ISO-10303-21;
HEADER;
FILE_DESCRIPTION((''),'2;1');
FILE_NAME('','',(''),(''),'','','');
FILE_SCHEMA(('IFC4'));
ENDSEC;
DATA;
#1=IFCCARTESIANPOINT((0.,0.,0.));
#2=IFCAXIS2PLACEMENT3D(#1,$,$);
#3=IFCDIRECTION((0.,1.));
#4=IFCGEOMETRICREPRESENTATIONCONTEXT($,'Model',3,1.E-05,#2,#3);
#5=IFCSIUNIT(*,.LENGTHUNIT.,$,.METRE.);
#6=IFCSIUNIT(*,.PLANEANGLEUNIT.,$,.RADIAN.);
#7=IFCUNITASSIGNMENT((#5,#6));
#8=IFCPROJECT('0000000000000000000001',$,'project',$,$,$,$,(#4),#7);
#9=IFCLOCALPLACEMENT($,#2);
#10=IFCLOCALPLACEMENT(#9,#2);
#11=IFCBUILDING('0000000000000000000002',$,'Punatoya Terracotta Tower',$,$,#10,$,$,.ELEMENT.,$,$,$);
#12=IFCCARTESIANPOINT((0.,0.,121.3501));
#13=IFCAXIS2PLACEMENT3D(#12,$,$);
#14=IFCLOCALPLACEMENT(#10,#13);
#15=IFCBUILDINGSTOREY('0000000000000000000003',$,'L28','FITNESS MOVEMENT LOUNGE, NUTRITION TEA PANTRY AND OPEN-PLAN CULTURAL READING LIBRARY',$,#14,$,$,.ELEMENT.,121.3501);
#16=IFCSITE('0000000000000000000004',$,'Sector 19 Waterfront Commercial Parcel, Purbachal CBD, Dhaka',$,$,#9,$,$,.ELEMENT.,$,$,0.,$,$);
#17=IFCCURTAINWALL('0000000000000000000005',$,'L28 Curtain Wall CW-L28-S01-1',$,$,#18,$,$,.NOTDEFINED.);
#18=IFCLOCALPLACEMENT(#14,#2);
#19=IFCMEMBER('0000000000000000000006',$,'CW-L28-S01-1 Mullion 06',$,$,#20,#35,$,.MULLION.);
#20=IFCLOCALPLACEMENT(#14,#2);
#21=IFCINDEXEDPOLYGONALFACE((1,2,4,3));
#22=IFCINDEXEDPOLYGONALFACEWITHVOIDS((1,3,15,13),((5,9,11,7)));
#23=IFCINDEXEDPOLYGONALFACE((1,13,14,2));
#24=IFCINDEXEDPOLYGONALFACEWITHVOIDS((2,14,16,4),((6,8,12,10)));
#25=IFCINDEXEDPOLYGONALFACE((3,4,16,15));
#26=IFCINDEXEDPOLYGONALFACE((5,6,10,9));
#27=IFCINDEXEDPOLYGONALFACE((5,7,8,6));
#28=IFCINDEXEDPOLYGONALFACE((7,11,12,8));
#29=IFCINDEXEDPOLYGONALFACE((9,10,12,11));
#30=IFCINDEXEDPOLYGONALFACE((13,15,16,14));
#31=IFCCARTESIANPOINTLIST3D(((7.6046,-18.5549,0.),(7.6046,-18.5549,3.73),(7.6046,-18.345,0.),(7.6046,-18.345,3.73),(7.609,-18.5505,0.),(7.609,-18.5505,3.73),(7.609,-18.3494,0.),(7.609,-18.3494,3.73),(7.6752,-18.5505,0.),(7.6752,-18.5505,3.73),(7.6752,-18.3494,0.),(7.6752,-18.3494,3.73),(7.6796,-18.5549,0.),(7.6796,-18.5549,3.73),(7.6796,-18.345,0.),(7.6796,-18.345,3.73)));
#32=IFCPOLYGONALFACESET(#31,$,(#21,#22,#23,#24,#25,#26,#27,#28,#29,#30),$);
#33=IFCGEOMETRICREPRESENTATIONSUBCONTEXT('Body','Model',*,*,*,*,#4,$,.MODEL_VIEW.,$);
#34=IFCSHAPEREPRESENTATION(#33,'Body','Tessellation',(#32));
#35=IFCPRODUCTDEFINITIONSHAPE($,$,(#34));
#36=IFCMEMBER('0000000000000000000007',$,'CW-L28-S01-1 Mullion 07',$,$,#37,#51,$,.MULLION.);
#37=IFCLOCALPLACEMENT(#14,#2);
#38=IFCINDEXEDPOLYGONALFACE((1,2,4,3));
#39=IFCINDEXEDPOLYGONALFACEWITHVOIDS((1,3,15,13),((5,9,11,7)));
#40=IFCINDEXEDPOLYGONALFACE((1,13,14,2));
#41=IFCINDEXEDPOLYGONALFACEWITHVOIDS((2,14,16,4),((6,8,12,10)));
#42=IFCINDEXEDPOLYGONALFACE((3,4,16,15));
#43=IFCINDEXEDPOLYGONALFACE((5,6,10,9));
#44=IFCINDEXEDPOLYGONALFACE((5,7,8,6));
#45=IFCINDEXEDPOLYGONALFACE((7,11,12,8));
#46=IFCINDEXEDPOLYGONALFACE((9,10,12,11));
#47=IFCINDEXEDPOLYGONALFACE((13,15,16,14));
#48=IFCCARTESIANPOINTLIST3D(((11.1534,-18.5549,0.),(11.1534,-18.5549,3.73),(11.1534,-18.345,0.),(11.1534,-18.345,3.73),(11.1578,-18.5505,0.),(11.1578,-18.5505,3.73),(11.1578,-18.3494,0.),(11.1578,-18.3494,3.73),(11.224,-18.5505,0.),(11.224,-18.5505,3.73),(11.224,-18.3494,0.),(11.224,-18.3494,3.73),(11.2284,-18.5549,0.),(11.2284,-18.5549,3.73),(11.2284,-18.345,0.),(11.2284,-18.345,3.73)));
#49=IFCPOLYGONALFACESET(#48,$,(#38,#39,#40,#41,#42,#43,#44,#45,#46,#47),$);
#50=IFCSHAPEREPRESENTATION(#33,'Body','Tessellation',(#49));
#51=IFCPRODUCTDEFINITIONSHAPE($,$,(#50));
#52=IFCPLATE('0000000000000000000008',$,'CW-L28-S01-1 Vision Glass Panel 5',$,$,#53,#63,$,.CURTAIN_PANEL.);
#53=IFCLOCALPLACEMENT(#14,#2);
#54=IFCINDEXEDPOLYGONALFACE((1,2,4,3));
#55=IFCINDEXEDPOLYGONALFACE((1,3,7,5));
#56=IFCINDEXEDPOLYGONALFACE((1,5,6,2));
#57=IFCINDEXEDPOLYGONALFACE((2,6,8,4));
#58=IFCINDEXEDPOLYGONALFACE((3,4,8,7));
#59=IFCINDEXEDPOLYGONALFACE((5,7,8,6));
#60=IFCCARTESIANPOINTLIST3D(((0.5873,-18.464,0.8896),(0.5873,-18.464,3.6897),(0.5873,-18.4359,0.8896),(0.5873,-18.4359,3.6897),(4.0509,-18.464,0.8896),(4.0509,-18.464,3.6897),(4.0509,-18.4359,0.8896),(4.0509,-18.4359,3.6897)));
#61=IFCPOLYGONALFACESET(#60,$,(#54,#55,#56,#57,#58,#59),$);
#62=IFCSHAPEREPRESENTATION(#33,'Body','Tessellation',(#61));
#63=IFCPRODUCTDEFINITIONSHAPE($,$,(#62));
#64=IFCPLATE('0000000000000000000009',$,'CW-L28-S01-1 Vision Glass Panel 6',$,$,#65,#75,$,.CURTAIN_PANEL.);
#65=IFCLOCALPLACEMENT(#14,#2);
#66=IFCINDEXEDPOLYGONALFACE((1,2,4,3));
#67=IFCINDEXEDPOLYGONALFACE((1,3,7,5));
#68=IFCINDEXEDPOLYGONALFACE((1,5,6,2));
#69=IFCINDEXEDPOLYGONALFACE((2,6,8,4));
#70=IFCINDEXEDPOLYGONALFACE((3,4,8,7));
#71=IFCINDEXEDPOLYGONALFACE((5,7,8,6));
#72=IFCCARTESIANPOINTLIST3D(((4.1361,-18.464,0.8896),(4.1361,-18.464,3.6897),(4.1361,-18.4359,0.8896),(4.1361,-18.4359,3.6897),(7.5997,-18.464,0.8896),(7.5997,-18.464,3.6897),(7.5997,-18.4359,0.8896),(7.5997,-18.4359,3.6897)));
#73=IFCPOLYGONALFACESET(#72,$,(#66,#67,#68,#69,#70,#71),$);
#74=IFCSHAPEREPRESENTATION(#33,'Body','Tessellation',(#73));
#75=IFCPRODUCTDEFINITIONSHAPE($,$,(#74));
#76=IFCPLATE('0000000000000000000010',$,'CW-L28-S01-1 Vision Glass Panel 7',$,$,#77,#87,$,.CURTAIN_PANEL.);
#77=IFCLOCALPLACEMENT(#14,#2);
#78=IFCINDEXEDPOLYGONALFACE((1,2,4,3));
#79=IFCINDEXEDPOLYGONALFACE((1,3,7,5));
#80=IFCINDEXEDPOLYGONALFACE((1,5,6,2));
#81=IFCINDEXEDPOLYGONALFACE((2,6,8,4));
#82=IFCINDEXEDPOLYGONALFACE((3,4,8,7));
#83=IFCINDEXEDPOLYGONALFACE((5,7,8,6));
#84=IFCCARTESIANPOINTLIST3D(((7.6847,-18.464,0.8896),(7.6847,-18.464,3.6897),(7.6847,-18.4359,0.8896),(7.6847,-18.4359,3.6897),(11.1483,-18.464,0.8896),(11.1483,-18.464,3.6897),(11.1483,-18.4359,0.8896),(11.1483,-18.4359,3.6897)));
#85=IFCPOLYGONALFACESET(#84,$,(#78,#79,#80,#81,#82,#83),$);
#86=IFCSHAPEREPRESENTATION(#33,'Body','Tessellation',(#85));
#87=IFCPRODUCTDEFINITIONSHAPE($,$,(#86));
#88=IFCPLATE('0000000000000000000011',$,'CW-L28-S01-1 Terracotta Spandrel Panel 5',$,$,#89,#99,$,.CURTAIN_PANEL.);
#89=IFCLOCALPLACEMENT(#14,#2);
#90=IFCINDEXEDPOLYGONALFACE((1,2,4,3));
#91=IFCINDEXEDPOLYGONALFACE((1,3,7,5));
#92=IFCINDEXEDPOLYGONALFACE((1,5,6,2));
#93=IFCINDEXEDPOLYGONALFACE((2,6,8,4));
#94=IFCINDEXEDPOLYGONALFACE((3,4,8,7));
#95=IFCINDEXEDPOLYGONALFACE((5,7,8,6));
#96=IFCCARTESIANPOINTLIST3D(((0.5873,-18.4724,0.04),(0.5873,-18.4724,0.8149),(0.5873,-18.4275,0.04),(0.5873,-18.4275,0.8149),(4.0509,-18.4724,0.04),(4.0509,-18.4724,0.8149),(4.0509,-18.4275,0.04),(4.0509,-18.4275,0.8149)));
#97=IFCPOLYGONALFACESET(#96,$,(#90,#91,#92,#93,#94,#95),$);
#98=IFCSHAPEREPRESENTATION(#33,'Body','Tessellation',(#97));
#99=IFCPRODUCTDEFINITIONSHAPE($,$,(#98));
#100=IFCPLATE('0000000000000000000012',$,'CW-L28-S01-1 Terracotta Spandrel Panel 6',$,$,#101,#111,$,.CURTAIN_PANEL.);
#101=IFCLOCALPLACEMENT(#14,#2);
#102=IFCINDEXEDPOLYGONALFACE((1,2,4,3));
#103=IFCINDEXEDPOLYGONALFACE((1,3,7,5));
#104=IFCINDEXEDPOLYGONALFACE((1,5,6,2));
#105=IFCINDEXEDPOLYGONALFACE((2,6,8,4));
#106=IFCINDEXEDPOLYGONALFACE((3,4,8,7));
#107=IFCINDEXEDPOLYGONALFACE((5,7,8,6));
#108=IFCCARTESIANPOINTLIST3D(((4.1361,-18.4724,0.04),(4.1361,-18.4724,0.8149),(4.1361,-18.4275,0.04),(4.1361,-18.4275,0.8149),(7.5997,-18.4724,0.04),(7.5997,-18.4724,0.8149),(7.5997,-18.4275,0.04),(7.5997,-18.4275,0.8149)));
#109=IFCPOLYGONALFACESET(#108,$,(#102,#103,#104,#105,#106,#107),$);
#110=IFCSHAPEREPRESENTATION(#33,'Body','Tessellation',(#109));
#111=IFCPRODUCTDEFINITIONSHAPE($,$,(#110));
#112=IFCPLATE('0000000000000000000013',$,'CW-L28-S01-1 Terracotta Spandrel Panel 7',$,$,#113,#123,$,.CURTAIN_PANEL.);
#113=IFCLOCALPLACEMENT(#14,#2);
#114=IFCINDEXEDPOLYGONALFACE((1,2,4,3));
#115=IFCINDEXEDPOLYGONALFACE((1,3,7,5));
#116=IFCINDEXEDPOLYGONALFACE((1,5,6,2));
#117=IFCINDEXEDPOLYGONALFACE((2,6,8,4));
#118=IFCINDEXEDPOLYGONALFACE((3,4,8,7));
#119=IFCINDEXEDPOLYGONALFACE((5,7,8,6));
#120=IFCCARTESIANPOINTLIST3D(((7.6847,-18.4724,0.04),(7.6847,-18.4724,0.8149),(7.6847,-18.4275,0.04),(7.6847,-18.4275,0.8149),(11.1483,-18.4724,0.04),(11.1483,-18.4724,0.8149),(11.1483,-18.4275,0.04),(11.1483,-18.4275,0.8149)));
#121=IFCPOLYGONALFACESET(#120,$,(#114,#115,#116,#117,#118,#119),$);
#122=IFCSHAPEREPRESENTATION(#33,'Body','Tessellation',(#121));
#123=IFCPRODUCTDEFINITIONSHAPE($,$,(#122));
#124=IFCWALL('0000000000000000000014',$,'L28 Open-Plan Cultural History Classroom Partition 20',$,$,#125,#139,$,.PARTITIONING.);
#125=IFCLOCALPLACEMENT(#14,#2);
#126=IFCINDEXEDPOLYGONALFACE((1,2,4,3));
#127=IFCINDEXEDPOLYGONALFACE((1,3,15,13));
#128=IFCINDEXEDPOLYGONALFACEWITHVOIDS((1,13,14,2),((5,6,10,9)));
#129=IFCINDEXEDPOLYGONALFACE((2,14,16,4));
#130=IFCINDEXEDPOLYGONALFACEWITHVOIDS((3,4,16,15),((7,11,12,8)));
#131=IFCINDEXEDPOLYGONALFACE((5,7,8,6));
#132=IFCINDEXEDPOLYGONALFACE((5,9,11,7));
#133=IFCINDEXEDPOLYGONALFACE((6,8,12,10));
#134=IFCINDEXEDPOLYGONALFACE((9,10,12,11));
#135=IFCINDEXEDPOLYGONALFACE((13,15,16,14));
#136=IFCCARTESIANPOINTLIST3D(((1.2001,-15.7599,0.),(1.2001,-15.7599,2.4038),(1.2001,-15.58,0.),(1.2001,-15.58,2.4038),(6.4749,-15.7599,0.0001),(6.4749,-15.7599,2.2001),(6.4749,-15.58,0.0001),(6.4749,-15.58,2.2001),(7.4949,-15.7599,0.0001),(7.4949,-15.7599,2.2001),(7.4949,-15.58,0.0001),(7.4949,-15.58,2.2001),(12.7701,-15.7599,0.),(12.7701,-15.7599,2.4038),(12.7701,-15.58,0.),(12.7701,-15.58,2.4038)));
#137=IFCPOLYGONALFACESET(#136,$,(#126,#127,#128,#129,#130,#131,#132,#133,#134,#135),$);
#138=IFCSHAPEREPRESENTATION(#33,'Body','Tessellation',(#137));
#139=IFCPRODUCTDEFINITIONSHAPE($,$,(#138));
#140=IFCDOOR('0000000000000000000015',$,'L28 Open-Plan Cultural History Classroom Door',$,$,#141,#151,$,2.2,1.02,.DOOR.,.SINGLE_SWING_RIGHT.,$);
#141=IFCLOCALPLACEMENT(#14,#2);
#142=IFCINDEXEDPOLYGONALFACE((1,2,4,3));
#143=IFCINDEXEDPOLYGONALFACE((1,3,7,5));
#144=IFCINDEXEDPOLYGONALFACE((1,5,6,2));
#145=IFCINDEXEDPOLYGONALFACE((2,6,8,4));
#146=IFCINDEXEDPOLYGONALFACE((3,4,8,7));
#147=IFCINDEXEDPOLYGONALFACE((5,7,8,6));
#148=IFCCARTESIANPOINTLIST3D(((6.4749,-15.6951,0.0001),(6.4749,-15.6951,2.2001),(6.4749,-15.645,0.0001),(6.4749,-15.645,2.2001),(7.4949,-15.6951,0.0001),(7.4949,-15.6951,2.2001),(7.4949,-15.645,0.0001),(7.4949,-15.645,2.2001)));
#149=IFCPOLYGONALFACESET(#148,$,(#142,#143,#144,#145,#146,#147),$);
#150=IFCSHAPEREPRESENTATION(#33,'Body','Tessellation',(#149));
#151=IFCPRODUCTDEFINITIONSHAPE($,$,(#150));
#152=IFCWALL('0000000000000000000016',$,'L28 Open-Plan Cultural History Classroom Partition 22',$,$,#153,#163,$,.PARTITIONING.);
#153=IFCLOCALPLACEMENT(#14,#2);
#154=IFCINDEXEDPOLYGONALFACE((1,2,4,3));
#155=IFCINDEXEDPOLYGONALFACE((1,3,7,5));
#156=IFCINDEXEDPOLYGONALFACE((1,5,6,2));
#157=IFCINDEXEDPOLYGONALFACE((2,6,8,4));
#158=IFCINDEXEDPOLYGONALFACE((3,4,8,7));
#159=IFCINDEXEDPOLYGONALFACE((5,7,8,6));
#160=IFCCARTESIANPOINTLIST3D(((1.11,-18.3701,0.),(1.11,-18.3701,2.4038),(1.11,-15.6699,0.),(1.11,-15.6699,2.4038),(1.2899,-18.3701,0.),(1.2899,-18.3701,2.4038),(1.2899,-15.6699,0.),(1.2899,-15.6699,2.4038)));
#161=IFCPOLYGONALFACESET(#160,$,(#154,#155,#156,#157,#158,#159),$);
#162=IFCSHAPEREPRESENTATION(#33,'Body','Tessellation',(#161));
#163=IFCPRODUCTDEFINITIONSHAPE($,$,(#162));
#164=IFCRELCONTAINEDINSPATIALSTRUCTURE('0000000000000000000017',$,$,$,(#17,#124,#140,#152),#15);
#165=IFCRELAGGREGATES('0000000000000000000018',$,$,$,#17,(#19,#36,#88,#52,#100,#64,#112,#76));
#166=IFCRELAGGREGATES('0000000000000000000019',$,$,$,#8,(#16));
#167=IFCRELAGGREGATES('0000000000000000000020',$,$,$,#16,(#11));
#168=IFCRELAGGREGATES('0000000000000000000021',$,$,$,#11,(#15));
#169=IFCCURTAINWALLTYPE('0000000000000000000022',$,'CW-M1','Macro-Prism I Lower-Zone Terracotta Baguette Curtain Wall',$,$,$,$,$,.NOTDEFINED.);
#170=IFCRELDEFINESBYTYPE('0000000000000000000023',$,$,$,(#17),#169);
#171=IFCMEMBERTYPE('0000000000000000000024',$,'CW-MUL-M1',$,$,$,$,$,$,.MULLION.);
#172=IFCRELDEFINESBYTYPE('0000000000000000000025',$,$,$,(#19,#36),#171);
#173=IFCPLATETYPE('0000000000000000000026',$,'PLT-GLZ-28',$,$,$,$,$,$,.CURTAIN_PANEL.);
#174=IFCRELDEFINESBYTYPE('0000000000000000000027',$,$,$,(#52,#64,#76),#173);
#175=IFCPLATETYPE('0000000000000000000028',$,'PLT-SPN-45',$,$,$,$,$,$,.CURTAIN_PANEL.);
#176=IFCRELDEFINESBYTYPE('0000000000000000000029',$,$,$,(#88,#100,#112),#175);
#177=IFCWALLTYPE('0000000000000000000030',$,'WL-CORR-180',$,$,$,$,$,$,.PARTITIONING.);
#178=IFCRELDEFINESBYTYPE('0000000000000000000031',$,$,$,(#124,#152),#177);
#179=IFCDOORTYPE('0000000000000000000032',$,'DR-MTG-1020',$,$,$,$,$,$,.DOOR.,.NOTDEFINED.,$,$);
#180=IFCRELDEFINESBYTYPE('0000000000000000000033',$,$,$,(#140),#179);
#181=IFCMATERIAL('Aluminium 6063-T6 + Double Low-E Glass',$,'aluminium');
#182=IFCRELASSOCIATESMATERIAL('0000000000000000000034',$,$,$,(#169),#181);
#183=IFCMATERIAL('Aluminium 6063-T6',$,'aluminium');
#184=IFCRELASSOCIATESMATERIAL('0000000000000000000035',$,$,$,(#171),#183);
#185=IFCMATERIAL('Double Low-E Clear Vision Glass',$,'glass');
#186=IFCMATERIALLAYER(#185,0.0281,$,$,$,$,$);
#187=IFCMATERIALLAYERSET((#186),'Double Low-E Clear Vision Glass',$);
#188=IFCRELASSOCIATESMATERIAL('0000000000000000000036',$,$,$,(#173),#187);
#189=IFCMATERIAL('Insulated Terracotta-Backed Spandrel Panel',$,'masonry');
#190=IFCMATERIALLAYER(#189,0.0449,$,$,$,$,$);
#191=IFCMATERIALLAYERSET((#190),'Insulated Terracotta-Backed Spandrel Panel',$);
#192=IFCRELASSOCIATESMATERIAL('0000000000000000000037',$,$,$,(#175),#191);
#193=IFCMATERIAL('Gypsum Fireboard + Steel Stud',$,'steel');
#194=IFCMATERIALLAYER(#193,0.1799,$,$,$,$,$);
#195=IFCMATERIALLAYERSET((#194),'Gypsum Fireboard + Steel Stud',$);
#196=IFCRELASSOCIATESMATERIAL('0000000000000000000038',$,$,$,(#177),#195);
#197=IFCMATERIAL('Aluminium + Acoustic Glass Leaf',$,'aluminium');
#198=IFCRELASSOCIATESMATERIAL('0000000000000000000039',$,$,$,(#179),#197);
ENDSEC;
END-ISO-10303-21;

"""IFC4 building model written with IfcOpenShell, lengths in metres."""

from ifc_helpers import new_model, si_unit, direction, frame, frame_2d, origin, origin_2d, place, context, subcontext, project, spatial, rectangle, hollow_rectangle, extrude, material, layer, layer_set, material_profile, profile_set, type_object, element, fill, aggregate, save


model = new_model("IFC4")

# Units and contexts
model_context = context("Model", 3, precision=1e-05, world=origin(), true_north=direction((0.0, 1.0)))
body_context = subcontext(model_context, "Body", "Model", "MODEL_VIEW")
ifc_project = project(units=[si_unit("LENGTHUNIT", "METRE"), si_unit("PLANEANGLEUNIT", "RADIAN")], contexts=[model_context])

# Site, building, storey
site_placement = place(None, origin())
site = spatial("IfcSite", under=ifc_project, at=site_placement, Name="Sector 19 Waterfront Commercial Parcel, Purbachal CBD, Dhaka", CompositionType="ELEMENT", RefElevation=0.0)
building_placement = place(site_placement, origin())
building = spatial("IfcBuilding", under=site, at=building_placement, Name="Punatoya Terracotta Tower", CompositionType="ELEMENT")
storey_placement = place(building_placement, frame((0.0, 0.0, 121.3501)))
storey = spatial("IfcBuildingStorey", under=building, at=storey_placement, Name="L28", Description="FITNESS MOVEMENT LOUNGE, NUTRITION TEA PANTRY AND OPEN-PLAN CULTURAL READING LIBRARY", CompositionType="ELEMENT", Elevation=121.3501)

# Curtain wall, members, plates
ifc_material_1 = material(Name="Aluminium 6063-T6 + Double Low-E Glass", Category="aluminium")
curtain_wall_type = type_object("IfcCurtainWallType", Name="CW-M1", Description="Macro-Prism I Lower-Zone Terracotta Baguette Curtain Wall", PredefinedType="NOTDEFINED", material=ifc_material_1)
curtain_wall_placement = place(storey_placement, origin())
curtain_wall = element("IfcCurtainWall", 1, at=curtain_wall_placement, inside=storey, type_object=curtain_wall_type, Name="L28 Curtain Wall CW-L28-S01-1", PredefinedType="NOTDEFINED")
ifc_material_2 = material(Name="Aluminium 6063-T6", Category="aluminium")
ifc_material_profile_1 = material_profile(ifc_material_2, hollow_rectangle(XDim=0.075, YDim=0.21, WallThickness=0.0044, at=origin_2d()))
ifc_profile_set_1 = profile_set([ifc_material_profile_1], Name="Aluminium 6063-T6")
member_type = type_object("IfcMemberType", Name="CW-MUL-M1", PredefinedType="MULLION", material=ifc_profile_set_1)
member_1_placement = place(storey_placement, frame((7.6421, -18.45, 0.0), z_axis=(0.0, 0.0, 1.0), x_axis=(1.0, 0.0, 0.0)))
member_1 = element("IfcMember", 2, at=member_1_placement, type_object=member_type, Name="CW-L28-S01-1 Mullion 06", PredefinedType="MULLION", context=body_context, shape_type="SweptSolid", body=[
    extrude(hollow_rectangle(XDim=0.075, YDim=0.21, WallThickness=0.0044, at=origin_2d()), origin(), (0.0, 0.0, 1.0), 3.73),
])
member_2_placement = place(storey_placement, frame((11.1909, -18.45, 0.0), z_axis=(0.0, 0.0, 1.0), x_axis=(1.0, 0.0, 0.0)))
member_2 = element("IfcMember", 3, at=member_2_placement, type_object=member_type, Name="CW-L28-S01-1 Mullion 07", PredefinedType="MULLION", context=body_context, shape_type="SweptSolid", body=[
    extrude(hollow_rectangle(XDim=0.075, YDim=0.21, WallThickness=0.0044, at=origin_2d()), origin(), (0.0, 0.0, 1.0), 3.73),
])
ifc_material_3 = material(Name="Double Low-E Clear Vision Glass", Category="glass")
ifc_layer_1 = layer(ifc_material_3, 0.0281)
ifc_layer_set_1 = layer_set([ifc_layer_1], Name="Double Low-E Clear Vision Glass")
plate_type_1 = type_object("IfcPlateType", Name="PLT-GLZ-28", PredefinedType="CURTAIN_PANEL", material=ifc_layer_set_1)
plate_1_placement = place(storey_placement, frame((2.3191, -18.45, 0.8896), z_axis=(0.0, 0.0, 1.0), x_axis=(1.0, 0.0, 0.0)))
plate_1 = element("IfcPlate", 4, at=plate_1_placement, type_object=plate_type_1, Name="CW-L28-S01-1 Vision Glass Panel 5", PredefinedType="CURTAIN_PANEL", context=body_context, shape_type="SweptSolid", body=[
    extrude(rectangle(XDim=3.4636, YDim=0.0281, at=origin_2d()), origin(), (0.0, 0.0, 1.0), 2.8),
])
plate_2_placement = place(storey_placement, frame((5.8679, -18.45, 0.8896), z_axis=(0.0, 0.0, 1.0), x_axis=(1.0, 0.0, 0.0)))
plate_2 = element("IfcPlate", 5, at=plate_2_placement, type_object=plate_type_1, Name="CW-L28-S01-1 Vision Glass Panel 6", PredefinedType="CURTAIN_PANEL", context=body_context, shape_type="SweptSolid", body=[
    extrude(rectangle(XDim=3.4636, YDim=0.0281, at=origin_2d()), origin(), (0.0, 0.0, 1.0), 2.8),
])
plate_3_placement = place(storey_placement, frame((9.4165, -18.45, 0.8896), z_axis=(0.0, 0.0, 1.0), x_axis=(1.0, 0.0, 0.0)))
plate_3 = element("IfcPlate", 6, at=plate_3_placement, type_object=plate_type_1, Name="CW-L28-S01-1 Vision Glass Panel 7", PredefinedType="CURTAIN_PANEL", context=body_context, shape_type="SweptSolid", body=[
    extrude(rectangle(XDim=3.4636, YDim=0.0281, at=origin_2d()), origin(), (0.0, 0.0, 1.0), 2.8),
])
ifc_material_4 = material(Name="Insulated Terracotta-Backed Spandrel Panel", Category="masonry")
ifc_layer_2 = layer(ifc_material_4, 0.0449)
ifc_layer_set_2 = layer_set([ifc_layer_2], Name="Insulated Terracotta-Backed Spandrel Panel")
plate_type_2 = type_object("IfcPlateType", Name="PLT-SPN-45", PredefinedType="CURTAIN_PANEL", material=ifc_layer_set_2)
plate_4_placement = place(storey_placement, frame((2.3191, -18.45, 0.04), z_axis=(0.0, 0.0, 1.0), x_axis=(1.0, 0.0, 0.0)))
plate_4 = element("IfcPlate", 7, at=plate_4_placement, type_object=plate_type_2, Name="CW-L28-S01-1 Terracotta Spandrel Panel 5", PredefinedType="CURTAIN_PANEL", context=body_context, shape_type="SweptSolid", body=[
    extrude(rectangle(XDim=3.4636, YDim=0.0449, at=origin_2d()), origin(), (0.0, 0.0, 1.0), 0.7749),
])
plate_5_placement = place(storey_placement, frame((5.8679, -18.45, 0.04), z_axis=(0.0, 0.0, 1.0), x_axis=(1.0, 0.0, 0.0)))
plate_5 = element("IfcPlate", 8, at=plate_5_placement, type_object=plate_type_2, Name="CW-L28-S01-1 Terracotta Spandrel Panel 6", PredefinedType="CURTAIN_PANEL", context=body_context, shape_type="SweptSolid", body=[
    extrude(rectangle(XDim=3.4636, YDim=0.0449, at=origin_2d()), origin(), (0.0, 0.0, 1.0), 0.7749),
])
plate_6_placement = place(storey_placement, frame((9.4165, -18.45, 0.04), z_axis=(0.0, 0.0, 1.0), x_axis=(1.0, 0.0, 0.0)))
plate_6 = element("IfcPlate", 9, at=plate_6_placement, type_object=plate_type_2, Name="CW-L28-S01-1 Terracotta Spandrel Panel 7", PredefinedType="CURTAIN_PANEL", context=body_context, shape_type="SweptSolid", body=[
    extrude(rectangle(XDim=3.4636, YDim=0.0449, at=origin_2d()), origin(), (0.0, 0.0, 1.0), 0.7749),
])
aggregate(curtain_wall, [member_1, member_2, plate_4, plate_1, plate_5, plate_2, plate_6, plate_3])

# Wall, opening, door
ifc_material_5 = material(Name="Gypsum Fireboard + Steel Stud", Category="steel")
ifc_layer_3 = layer(ifc_material_5, 0.1799)
ifc_layer_set_3 = layer_set([ifc_layer_3], Name="Gypsum Fireboard + Steel Stud")
wall_type_1 = type_object("IfcWallType", Name="WL-CORR-180", PredefinedType="PARTITIONING", material=ifc_layer_set_3)
wall_1_placement = place(storey_placement, frame((1.2, -15.6699, 0.0), z_axis=(0.0, 0.0, 1.0), x_axis=(1.0, 0.0, 0.0)))
wall_1 = element("IfcWall", 10, at=wall_1_placement, inside=storey, type_object=wall_type_1, Name="L28 Open-Plan Cultural History Classroom Partition 20", PredefinedType="PARTITIONING", context=body_context, shape_type="SweptSolid", body=[
    extrude(rectangle(XDim=11.5701, YDim=0.1799, at=frame_2d((5.7852, 0.0))), origin(), (0.0, 0.0, 1.0), 2.4038),
])
opening_1_placement = place(wall_1_placement, frame((5.2749, 0.0, 0.0)))
opening_1 = element("IfcOpeningElement", 11, at=opening_1_placement, cuts=wall_1, PredefinedType="OPENING", context=body_context, shape_type="SweptSolid", body=[
    extrude(rectangle(XDim=1.02, YDim=2.2, at=frame_2d((0.51, 1.1001))), frame((0.0, 0.0999, 0.0), z_axis=(0.0, -1.0, 0.0), x_axis=(1.0, 0.0, 0.0)), (0.0, 0.0, 1.0), 0.2),
])
ifc_material_6 = material(Name="Aluminium + Acoustic Glass Leaf", Category="aluminium")
door_type_1 = type_object("IfcDoorType", Name="DR-MTG-1020", OperationType="NOTDEFINED", PredefinedType="DOOR", material=ifc_material_6)
door_1_placement = place(opening_1_placement, origin())
door_1 = element("IfcDoor", 12, at=door_1_placement, inside=storey, type_object=door_type_1, Name="L28 Open-Plan Cultural History Classroom Door", OperationType="SINGLE_SWING_RIGHT", OverallHeight=2.2, OverallWidth=1.02, PredefinedType="DOOR", context=body_context, shape_type="SweptSolid", body=[
    extrude(rectangle(XDim=1.02, YDim=2.2, at=frame_2d((0.51, 1.1001))), frame((0.0, 0.0249, 0.0), z_axis=(0.0, -1.0, 0.0), x_axis=(1.0, 0.0, 0.0)), (0.0, 0.0, 1.0), 0.05),
])
fill(opening_1, door_1)

# Wall
wall_2_placement = place(storey_placement, frame((1.2, -18.3701, 0.0), z_axis=(0.0, 0.0, 1.0), x_axis=(0.0, 1.0, 0.0)))
element("IfcWall", 13, at=wall_2_placement, inside=storey, type_object=wall_type_1, Name="L28 Open-Plan Cultural History Classroom Partition 22", PredefinedType="PARTITIONING", context=body_context, shape_type="SweptSolid", body=[
    extrude(rectangle(XDim=2.7002, YDim=0.1799, at=frame_2d((1.3501, 0.0))), origin(), (0.0, 0.0, 1.0), 2.4038),
])

save(model, "model.ifc")
